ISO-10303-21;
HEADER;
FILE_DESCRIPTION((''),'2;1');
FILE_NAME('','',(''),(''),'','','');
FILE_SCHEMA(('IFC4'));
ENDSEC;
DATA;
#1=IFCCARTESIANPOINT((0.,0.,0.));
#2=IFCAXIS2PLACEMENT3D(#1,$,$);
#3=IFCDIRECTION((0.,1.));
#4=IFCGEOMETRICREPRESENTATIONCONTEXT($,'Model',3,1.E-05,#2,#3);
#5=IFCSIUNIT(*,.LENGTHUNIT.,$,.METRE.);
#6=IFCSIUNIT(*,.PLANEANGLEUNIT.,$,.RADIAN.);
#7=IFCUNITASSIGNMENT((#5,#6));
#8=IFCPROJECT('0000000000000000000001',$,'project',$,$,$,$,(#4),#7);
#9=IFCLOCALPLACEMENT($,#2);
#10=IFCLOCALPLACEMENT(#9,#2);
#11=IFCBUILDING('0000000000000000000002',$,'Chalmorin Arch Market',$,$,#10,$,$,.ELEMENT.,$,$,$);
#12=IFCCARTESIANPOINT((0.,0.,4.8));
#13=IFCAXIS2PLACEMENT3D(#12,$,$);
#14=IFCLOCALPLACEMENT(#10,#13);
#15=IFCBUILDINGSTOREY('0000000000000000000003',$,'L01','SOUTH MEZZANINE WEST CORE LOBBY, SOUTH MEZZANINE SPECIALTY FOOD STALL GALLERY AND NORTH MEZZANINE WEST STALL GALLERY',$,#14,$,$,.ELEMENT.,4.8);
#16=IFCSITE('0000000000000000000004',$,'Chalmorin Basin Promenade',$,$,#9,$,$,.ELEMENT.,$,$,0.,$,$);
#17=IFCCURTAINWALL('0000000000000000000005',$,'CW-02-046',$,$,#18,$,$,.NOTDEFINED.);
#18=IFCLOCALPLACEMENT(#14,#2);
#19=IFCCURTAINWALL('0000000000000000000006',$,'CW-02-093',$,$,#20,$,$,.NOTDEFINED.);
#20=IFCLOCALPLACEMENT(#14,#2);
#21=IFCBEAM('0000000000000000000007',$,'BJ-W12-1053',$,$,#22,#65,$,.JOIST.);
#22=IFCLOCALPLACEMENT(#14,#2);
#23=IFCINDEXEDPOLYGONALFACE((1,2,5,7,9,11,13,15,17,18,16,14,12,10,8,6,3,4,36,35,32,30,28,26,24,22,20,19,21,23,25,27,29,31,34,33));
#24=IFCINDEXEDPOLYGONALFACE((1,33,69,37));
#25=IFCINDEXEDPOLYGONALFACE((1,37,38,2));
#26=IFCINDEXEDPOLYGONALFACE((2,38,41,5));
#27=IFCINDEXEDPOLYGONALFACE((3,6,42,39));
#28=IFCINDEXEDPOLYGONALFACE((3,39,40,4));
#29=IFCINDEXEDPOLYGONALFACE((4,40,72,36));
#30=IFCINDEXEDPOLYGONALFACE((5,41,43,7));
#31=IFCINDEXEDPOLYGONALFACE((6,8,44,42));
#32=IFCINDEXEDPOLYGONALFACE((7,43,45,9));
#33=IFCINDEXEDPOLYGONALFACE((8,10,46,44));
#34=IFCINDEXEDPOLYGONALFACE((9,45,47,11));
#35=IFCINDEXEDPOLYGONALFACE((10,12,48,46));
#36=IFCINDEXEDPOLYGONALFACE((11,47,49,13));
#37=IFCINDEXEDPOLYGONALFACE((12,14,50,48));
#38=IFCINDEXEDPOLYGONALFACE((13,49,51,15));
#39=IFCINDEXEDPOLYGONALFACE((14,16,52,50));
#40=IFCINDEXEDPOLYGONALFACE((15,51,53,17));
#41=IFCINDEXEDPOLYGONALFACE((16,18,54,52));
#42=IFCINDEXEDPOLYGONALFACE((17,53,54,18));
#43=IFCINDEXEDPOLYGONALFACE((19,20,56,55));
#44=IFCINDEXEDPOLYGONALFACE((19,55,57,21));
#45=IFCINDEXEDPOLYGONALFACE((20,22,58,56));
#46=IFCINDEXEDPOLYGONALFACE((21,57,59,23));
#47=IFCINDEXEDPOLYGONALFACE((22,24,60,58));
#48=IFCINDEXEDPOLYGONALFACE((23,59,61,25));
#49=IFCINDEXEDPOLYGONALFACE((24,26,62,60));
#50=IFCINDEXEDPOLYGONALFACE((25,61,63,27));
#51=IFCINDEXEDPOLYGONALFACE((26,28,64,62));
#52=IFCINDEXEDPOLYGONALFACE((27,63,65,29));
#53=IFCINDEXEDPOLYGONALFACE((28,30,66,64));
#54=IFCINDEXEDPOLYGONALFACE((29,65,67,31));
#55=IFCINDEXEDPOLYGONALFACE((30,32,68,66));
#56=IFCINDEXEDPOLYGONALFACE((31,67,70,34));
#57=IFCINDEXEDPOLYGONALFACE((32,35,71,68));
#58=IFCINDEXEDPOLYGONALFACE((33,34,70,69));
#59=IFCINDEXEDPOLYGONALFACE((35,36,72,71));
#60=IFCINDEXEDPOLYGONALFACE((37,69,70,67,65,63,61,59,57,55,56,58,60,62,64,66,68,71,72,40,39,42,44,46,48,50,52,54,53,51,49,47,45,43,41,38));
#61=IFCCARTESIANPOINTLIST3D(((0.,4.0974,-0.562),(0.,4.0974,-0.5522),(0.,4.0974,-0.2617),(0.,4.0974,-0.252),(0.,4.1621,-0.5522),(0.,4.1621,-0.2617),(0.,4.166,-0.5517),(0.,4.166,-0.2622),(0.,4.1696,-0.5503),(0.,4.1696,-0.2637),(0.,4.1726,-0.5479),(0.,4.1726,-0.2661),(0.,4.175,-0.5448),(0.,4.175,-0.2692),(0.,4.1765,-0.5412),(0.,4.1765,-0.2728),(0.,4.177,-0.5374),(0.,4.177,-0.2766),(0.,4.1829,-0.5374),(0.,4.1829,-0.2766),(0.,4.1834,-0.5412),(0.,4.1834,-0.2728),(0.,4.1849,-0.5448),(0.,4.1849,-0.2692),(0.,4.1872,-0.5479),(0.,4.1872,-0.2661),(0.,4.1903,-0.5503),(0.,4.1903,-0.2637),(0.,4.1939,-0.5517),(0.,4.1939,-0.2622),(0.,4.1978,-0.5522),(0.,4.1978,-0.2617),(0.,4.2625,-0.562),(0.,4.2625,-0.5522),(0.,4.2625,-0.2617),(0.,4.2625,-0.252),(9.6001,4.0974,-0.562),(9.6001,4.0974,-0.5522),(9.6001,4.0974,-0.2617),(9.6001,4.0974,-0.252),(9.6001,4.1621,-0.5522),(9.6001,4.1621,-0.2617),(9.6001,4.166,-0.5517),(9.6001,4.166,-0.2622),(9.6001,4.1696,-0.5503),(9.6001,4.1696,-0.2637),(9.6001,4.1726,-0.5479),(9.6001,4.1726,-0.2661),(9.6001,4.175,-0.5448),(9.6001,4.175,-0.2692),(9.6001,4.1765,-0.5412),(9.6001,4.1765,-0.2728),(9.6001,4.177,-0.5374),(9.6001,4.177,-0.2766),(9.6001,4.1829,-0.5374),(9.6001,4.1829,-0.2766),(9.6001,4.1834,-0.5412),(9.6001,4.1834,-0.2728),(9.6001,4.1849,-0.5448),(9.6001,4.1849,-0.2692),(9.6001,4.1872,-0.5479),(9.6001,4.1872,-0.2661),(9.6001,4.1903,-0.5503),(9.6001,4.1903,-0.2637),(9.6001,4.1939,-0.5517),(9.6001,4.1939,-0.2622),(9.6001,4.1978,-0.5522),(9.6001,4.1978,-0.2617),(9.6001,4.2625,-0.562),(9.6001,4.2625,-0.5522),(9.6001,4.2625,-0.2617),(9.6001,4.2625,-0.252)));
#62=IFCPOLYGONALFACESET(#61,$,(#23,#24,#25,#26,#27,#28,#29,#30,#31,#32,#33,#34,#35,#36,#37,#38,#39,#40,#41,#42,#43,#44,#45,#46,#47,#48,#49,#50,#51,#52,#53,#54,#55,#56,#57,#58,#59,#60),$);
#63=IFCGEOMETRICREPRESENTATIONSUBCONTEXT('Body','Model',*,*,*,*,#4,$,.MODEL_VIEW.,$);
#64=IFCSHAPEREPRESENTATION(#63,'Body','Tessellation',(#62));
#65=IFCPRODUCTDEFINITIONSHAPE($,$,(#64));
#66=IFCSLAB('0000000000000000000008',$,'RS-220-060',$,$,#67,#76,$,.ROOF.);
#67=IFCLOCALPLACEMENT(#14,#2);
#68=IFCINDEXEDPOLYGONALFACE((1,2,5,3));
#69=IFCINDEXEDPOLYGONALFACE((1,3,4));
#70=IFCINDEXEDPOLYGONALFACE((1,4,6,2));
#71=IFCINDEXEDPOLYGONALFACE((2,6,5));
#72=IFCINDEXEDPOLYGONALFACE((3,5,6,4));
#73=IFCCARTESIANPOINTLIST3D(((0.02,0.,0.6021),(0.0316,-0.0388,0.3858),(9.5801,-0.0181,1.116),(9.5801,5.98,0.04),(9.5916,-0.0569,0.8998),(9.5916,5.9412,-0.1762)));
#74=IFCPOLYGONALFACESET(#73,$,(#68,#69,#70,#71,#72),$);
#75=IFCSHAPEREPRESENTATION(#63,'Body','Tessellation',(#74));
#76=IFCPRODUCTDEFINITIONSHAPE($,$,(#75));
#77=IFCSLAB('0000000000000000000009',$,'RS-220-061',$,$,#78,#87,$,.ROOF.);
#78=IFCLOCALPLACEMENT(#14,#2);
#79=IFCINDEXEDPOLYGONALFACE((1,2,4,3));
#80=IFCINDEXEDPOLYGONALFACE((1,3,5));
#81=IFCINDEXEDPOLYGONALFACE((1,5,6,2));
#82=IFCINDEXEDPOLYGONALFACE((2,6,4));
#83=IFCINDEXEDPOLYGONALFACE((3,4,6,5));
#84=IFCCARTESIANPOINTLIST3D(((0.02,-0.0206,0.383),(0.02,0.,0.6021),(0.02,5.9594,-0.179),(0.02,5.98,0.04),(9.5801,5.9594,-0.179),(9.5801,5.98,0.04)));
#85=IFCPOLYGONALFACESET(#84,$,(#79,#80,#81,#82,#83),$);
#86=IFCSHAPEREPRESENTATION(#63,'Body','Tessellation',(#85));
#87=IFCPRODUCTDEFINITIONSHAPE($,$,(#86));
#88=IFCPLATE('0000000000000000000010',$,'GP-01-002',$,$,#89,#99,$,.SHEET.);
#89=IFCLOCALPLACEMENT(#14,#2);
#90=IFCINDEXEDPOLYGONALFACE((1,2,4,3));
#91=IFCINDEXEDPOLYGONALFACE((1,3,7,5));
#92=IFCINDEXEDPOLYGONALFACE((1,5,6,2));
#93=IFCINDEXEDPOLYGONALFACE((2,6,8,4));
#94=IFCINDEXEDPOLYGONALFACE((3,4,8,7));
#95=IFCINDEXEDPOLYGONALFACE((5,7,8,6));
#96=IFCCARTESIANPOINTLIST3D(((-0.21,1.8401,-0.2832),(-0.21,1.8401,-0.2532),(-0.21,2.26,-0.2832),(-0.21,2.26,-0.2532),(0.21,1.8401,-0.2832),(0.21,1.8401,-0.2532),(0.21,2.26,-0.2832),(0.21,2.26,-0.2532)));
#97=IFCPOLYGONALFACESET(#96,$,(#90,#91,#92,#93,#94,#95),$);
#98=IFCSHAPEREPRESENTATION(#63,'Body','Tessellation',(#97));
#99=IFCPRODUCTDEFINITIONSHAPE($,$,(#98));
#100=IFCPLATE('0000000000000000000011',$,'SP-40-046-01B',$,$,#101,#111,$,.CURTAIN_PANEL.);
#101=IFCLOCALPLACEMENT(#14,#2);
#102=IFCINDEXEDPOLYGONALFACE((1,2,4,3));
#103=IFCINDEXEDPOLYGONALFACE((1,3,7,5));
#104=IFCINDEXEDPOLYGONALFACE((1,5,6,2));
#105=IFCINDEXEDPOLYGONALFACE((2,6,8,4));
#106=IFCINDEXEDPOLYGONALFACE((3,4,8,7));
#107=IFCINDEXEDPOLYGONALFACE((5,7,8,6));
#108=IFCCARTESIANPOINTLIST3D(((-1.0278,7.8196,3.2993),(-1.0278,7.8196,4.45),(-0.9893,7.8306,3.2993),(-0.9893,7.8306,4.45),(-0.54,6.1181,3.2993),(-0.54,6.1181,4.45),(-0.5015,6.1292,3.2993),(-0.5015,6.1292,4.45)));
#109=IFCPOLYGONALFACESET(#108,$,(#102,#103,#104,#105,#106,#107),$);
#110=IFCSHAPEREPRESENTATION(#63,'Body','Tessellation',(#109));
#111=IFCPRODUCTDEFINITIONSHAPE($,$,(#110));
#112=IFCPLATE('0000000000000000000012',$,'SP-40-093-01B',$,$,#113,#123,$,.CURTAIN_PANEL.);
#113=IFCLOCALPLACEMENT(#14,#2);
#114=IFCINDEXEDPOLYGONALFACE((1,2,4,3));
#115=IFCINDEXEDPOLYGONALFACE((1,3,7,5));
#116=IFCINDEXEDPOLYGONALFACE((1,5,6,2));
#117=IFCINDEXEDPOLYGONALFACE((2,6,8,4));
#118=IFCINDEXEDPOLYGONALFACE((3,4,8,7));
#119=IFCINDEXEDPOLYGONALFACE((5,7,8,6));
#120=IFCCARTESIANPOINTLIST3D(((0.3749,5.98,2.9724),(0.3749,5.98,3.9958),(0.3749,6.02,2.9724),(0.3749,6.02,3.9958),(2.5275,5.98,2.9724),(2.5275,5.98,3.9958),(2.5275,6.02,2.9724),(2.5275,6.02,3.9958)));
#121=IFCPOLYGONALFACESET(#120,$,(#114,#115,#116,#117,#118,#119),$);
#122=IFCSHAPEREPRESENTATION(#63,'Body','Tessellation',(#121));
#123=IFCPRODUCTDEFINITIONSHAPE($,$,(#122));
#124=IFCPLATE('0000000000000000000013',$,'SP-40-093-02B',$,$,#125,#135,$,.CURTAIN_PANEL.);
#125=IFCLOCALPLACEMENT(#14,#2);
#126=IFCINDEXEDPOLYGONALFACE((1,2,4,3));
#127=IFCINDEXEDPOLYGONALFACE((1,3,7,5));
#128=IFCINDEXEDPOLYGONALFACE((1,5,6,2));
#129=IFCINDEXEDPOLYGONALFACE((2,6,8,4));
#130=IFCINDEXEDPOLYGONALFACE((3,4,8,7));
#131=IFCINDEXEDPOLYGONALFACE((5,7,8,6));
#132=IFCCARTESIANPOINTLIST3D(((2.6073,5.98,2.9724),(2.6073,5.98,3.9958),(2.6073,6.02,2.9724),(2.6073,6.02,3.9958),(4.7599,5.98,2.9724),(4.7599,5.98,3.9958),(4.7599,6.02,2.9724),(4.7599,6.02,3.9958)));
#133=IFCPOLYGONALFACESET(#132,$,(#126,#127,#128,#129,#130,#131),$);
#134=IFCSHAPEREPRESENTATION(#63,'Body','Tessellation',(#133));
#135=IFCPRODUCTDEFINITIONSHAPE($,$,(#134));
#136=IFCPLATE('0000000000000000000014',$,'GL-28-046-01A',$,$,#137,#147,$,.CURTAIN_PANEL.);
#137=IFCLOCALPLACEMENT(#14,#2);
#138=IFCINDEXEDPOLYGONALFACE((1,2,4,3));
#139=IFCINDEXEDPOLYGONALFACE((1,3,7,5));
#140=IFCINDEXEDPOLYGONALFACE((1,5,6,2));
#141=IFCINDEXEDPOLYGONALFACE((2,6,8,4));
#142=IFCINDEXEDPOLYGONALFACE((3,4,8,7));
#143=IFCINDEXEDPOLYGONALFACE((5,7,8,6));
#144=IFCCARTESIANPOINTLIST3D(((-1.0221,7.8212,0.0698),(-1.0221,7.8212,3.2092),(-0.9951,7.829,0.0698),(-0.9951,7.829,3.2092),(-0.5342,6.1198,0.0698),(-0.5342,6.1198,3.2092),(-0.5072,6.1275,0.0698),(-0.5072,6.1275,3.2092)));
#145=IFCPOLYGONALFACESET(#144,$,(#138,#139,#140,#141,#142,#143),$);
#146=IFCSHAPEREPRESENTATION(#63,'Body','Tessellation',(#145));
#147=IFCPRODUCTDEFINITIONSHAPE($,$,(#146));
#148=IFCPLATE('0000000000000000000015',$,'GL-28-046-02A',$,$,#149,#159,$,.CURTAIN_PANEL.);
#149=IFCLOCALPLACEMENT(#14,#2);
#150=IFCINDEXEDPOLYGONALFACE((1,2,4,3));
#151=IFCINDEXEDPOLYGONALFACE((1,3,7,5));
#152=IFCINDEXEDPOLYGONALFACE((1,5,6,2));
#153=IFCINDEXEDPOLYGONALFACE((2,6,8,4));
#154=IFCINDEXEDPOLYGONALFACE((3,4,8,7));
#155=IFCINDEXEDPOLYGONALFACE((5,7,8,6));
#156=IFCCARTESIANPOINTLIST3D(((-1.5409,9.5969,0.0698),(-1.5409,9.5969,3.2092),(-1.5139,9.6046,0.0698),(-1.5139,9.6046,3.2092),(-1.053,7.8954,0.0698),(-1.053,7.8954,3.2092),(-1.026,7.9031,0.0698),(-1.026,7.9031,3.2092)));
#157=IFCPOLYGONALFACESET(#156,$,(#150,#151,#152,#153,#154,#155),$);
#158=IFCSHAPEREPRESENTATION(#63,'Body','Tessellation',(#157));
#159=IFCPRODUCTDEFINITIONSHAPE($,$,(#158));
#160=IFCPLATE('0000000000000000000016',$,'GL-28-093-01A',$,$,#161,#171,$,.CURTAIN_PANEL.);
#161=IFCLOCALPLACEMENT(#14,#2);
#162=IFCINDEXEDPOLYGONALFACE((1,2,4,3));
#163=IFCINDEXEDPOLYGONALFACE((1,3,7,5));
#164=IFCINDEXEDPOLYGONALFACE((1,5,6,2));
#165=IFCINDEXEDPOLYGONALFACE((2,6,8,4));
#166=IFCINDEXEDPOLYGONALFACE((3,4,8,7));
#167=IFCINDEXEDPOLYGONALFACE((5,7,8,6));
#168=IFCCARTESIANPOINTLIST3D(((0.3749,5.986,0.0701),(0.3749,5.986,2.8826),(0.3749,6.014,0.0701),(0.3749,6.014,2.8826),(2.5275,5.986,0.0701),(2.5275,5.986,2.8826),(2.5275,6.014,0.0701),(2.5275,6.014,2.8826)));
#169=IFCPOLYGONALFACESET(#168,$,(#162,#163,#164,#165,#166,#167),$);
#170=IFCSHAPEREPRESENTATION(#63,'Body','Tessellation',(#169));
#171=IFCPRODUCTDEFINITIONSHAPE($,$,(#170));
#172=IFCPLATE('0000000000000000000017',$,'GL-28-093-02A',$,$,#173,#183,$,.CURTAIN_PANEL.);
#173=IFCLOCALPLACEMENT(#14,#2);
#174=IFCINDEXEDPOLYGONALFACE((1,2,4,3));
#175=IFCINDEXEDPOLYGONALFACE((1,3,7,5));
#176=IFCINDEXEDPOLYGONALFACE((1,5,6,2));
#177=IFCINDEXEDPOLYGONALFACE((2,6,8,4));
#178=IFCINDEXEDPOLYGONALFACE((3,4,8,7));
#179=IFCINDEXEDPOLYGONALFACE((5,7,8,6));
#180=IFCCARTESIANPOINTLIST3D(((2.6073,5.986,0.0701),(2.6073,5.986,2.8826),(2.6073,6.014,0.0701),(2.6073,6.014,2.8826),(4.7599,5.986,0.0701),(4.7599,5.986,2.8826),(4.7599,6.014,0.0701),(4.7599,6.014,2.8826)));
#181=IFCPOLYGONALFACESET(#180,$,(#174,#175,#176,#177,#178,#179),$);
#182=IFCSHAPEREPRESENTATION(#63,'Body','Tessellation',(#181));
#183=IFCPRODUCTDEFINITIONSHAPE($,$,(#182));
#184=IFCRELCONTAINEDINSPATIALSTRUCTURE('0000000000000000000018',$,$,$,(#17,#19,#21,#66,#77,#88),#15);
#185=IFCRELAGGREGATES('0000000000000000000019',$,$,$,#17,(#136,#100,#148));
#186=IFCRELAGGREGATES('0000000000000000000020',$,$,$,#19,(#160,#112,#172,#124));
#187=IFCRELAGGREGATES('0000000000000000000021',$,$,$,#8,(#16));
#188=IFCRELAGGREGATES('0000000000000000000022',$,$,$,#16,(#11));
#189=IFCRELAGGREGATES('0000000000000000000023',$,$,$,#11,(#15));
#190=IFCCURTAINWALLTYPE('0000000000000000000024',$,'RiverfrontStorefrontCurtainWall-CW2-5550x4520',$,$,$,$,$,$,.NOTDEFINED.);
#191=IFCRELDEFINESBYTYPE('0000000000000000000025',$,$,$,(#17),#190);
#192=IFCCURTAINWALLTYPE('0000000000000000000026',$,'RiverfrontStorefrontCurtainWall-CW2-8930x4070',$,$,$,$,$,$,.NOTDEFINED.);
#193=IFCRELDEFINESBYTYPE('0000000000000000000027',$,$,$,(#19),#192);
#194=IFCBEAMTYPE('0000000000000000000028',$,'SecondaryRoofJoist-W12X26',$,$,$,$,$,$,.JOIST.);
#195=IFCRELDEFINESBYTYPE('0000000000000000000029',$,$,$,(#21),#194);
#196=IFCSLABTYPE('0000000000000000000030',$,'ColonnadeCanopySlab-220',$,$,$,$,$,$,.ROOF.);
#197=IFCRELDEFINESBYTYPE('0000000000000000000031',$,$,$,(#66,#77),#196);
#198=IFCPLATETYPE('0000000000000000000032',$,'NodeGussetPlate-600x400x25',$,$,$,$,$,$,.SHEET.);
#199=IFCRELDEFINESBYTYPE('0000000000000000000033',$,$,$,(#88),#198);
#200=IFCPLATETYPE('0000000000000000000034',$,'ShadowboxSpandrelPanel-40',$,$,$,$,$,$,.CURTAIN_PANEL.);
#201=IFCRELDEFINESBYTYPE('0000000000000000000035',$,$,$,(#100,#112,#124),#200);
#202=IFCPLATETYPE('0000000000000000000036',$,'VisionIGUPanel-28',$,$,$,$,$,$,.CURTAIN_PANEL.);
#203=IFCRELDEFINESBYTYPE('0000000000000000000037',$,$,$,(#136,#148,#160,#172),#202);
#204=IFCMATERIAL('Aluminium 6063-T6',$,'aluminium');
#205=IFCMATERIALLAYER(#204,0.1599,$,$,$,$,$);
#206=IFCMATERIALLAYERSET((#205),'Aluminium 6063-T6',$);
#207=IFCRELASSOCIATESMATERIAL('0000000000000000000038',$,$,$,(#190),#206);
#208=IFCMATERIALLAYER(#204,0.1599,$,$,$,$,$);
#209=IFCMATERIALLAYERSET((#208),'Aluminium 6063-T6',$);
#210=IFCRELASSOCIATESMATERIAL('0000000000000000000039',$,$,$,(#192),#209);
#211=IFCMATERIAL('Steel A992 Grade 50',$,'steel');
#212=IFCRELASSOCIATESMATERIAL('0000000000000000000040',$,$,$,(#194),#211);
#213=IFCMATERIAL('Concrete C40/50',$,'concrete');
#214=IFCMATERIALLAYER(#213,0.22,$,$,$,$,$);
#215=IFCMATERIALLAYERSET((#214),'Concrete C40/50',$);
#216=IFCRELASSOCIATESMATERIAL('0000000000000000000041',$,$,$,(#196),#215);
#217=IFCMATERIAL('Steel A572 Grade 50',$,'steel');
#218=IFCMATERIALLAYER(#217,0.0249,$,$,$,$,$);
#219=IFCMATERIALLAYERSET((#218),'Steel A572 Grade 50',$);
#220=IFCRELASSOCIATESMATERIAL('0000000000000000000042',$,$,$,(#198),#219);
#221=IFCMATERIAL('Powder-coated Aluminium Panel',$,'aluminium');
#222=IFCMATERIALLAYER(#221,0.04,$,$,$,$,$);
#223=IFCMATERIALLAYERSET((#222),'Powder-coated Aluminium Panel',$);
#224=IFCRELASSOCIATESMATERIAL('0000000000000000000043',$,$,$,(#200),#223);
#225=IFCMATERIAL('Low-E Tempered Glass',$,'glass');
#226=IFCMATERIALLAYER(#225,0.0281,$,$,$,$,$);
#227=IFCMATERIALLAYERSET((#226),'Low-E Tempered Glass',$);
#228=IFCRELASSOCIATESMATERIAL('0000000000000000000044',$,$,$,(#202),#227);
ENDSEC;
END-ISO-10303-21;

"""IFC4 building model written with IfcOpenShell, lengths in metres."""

from ifc_helpers import new_model, si_unit, direction, frame, origin, origin_2d, place, context, subcontext, project, spatial, polyline, rectangle, i_section, outline, extrude, material, layer, layer_set, material_profile, profile_set, type_object, element, aggregate, save


model = new_model("IFC4")

# Units and contexts
model_context = context("Model", 3, precision=1e-05, world=origin(), true_north=direction((0.0, 1.0)))
body_context = subcontext(model_context, "Body", "Model", "MODEL_VIEW")
ifc_project = project(units=[si_unit("LENGTHUNIT", "METRE"), si_unit("PLANEANGLEUNIT", "RADIAN")], contexts=[model_context])

# Site, building, storey
site_placement = place(None, origin())
site = spatial("IfcSite", under=ifc_project, at=site_placement, Name="Chalmorin Basin Promenade", CompositionType="ELEMENT", RefElevation=0.0)
building_placement = place(site_placement, origin())
building = spatial("IfcBuilding", under=site, at=building_placement, Name="Chalmorin Arch Market", CompositionType="ELEMENT")
storey_placement = place(building_placement, frame((0.0, 0.0, 4.8)))
storey = spatial("IfcBuildingStorey", under=building, at=storey_placement, Name="L01", Description="SOUTH MEZZANINE WEST CORE LOBBY, SOUTH MEZZANINE SPECIALTY FOOD STALL GALLERY AND NORTH MEZZANINE WEST STALL GALLERY", CompositionType="ELEMENT", Elevation=4.8)

# Shared definitions
ifc_material_1 = material(Name="Concrete C40/50", Category="concrete")

# Curtain walls
ifc_material_2 = material(Name="Aluminium 6063-T6", Category="aluminium")
ifc_layer_1 = layer(ifc_material_2, 0.1599)
ifc_layer_set_1 = layer_set([ifc_layer_1], Name="Aluminium 6063-T6")
curtain_wall_type_1 = type_object("IfcCurtainWallType", Name="RiverfrontStorefrontCurtainWall-CW2-5550x4520", PredefinedType="NOTDEFINED", material=ifc_layer_set_1)
curtain_wall_1_placement = place(storey_placement, origin())
curtain_wall_1 = element("IfcCurtainWall", 1, at=curtain_wall_1_placement, inside=storey, type_object=curtain_wall_type_1, Name="CW-02-046", PredefinedType="NOTDEFINED")
ifc_layer_2 = layer(ifc_material_2, 0.1599)
ifc_layer_set_2 = layer_set([ifc_layer_2], Name="Aluminium 6063-T6")
curtain_wall_type_2 = type_object("IfcCurtainWallType", Name="RiverfrontStorefrontCurtainWall-CW2-8930x4070", PredefinedType="NOTDEFINED", material=ifc_layer_set_2)
curtain_wall_2_placement = place(storey_placement, origin())
curtain_wall_2 = element("IfcCurtainWall", 2, at=curtain_wall_2_placement, inside=storey, type_object=curtain_wall_type_2, Name="CW-02-093", PredefinedType="NOTDEFINED")

# Beam
ifc_material_3 = material(Name="Steel A992 Grade 50", Category="steel")
ifc_material_profile_1 = material_profile(ifc_material_3, i_section(OverallWidth=0.165, OverallDepth=0.3101, WebThickness=0.0059, FlangeThickness=0.0098, FilletRadius=0.0149, at=origin_2d()), Name="W12X26")
ifc_profile_set_1 = profile_set([ifc_material_profile_1], Name="Steel A992 Grade 50")
beam_type_1 = type_object("IfcBeamType", Name="SecondaryRoofJoist-W12X26", PredefinedType="JOIST", material=ifc_profile_set_1)
for number, where, z_axis, x_axis, name in (
    (3, (0.0, 4.1799, -0.407), (1.0, 0.0, 0.0), (0.0, 1.0, 0.0), "BJ-W12-1053"),
):
    element("IfcBeam", number, at=place(storey_placement, frame(where, z_axis=z_axis, x_axis=x_axis)), inside=storey, type_object=beam_type_1, Name=name, PredefinedType="JOIST", context=body_context, shape_type="SweptSolid", body=[
        extrude(i_section(OverallWidth=0.165, OverallDepth=0.3101, WebThickness=0.0059, FlangeThickness=0.0098, FilletRadius=0.0149, at=origin_2d()), origin(), (0.0, 0.0, 1.0), 9.6001),
    ])

# Slabs
ifc_layer_3 = layer(ifc_material_1, 0.22)
ifc_layer_set_3 = layer_set([ifc_layer_3], Name="Concrete C40/50")
slab_type = type_object("IfcSlabType", Name="ColonnadeCanopySlab-220", PredefinedType="ROOF", material=ifc_layer_set_3)
slab_1_placement = place(storey_placement, frame((0.02, 0.0, 0.6021), z_axis=(-0.052506, 0.176318, 0.982932), x_axis=(0.998556, -0.001887, 0.053679)))
element("IfcSlab", 4, at=slab_1_placement, inside=storey, type_object=slab_type, Name="RS-220-060", PredefinedType="ROOF", context=body_context, shape_type="SweptSolid", body=[
    extrude(outline(polyline([(0.0, 0.0), (9.5739, 0.0), (9.5048, 6.0934), (0.0, 0.0)])), origin(), (0.0, 0.0, -1.0), 0.22),
])
slab_2_placement = place(storey_placement, frame((0.02, 0.0, 0.6021), z_axis=(0.0, 0.09357, 0.995613), x_axis=(0.84675, 0.529657, -0.049778)))
element("IfcSlab", 5, at=slab_2_placement, inside=storey, type_object=slab_type, Name="RS-220-061", PredefinedType="ROOF", context=body_context, shape_type="SweptSolid", body=[
    extrude(outline(polyline([(0.0, 0.0), (11.2903, 0.0), (3.1953, 5.0859), (0.0, 0.0)])), origin(), (0.0, 0.0, -1.0), 0.22),
])

# Plates
ifc_material_4 = material(Name="Steel A572 Grade 50", Category="steel")
ifc_layer_4 = layer(ifc_material_4, 0.0249)
ifc_layer_set_4 = layer_set([ifc_layer_4], Name="Steel A572 Grade 50")
plate_type_1 = type_object("IfcPlateType", Name="NodeGussetPlate-600x400x25", PredefinedType="SHEET", material=ifc_layer_set_4)
plate_1_placement = place(storey_placement, frame((0.0, 2.05, -0.2832), z_axis=(0.0, 0.0, 1.0), x_axis=(1.0, 0.0, 0.0)))
element("IfcPlate", 6, at=plate_1_placement, inside=storey, type_object=plate_type_1, Name="GP-01-002", PredefinedType="SHEET", context=body_context, shape_type="SweptSolid", body=[
    extrude(rectangle(XDim=0.4199, YDim=0.4199, at=origin_2d()), origin(), (0.0, 0.0, 1.0), 0.03),
])
ifc_material_5 = material(Name="Powder-coated Aluminium Panel", Category="aluminium")
ifc_layer_5 = layer(ifc_material_5, 0.04)
ifc_layer_set_5 = layer_set([ifc_layer_5], Name="Powder-coated Aluminium Panel")
plate_type_2 = type_object("IfcPlateType", Name="ShadowboxSpandrelPanel-40", PredefinedType="CURTAIN_PANEL", material=ifc_layer_set_5)
plate_2_placement = place(storey_placement, frame((-0.7646, 6.9744, 3.2993), z_axis=(0.0, 0.0, 1.0), x_axis=(-0.275637, 0.961262, 0.0)))
plate_2 = element("IfcPlate", 7, at=plate_2_placement, type_object=plate_type_2, Name="SP-40-046-01B", PredefinedType="CURTAIN_PANEL", context=body_context, shape_type="SweptSolid", body=[
    extrude(rectangle(XDim=1.77, YDim=0.04, at=origin_2d()), origin(), (0.0, 0.0, 1.0), 1.1506),
])
plate_3_placement = place(storey_placement, frame((1.4512, 6.0, 2.9724), z_axis=(0.0, 0.0, 1.0), x_axis=(1.0, 0.0, 0.0)))
plate_3 = element("IfcPlate", 8, at=plate_3_placement, type_object=plate_type_2, Name="SP-40-093-01B", PredefinedType="CURTAIN_PANEL", context=body_context, shape_type="SweptSolid", body=[
    extrude(rectangle(XDim=2.1526, YDim=0.04, at=origin_2d()), origin(), (0.0, 0.0, 1.0), 1.0234),
])
plate_4_placement = place(storey_placement, frame((3.6836, 6.0, 2.9724), z_axis=(0.0, 0.0, 1.0), x_axis=(1.0, 0.0, 0.0)))
plate_4 = element("IfcPlate", 9, at=plate_4_placement, type_object=plate_type_2, Name="SP-40-093-02B", PredefinedType="CURTAIN_PANEL", context=body_context, shape_type="SweptSolid", body=[
    extrude(rectangle(XDim=2.1526, YDim=0.04, at=origin_2d()), origin(), (0.0, 0.0, 1.0), 1.0234),
])
ifc_material_6 = material(Name="Low-E Tempered Glass", Category="glass")
ifc_layer_6 = layer(ifc_material_6, 0.0281)
ifc_layer_set_6 = layer_set([ifc_layer_6], Name="Low-E Tempered Glass")
plate_type_3 = type_object("IfcPlateType", Name="VisionIGUPanel-28", PredefinedType="CURTAIN_PANEL", material=ifc_layer_set_6)
plate_5_placement = place(storey_placement, frame((-0.7646, 6.9744, 0.0698), z_axis=(0.0, 0.0, 1.0), x_axis=(-0.275637, 0.961262, 0.0)))
plate_5 = element("IfcPlate", 10, at=plate_5_placement, type_object=plate_type_3, Name="GL-28-046-01A", PredefinedType="CURTAIN_PANEL", context=body_context, shape_type="SweptSolid", body=[
    extrude(rectangle(XDim=1.77, YDim=0.0281, at=origin_2d()), origin(), (0.0, 0.0, 1.0), 3.1394),
])
plate_6_placement = place(storey_placement, frame((-1.2834, 8.75, 0.0698), z_axis=(0.0, 0.0, 1.0), x_axis=(-0.275637, 0.961262, 0.0)))
plate_6 = element("IfcPlate", 11, at=plate_6_placement, type_object=plate_type_3, Name="GL-28-046-02A", PredefinedType="CURTAIN_PANEL", context=body_context, shape_type="SweptSolid", body=[
    extrude(rectangle(XDim=1.77, YDim=0.0281, at=origin_2d()), origin(), (0.0, 0.0, 1.0), 3.1394),
])
aggregate(curtain_wall_1, [plate_5, plate_2, plate_6])
plate_7_placement = place(storey_placement, frame((1.4512, 6.0, 0.0701), z_axis=(0.0, 0.0, 1.0), x_axis=(1.0, 0.0, 0.0)))
plate_7 = element("IfcPlate", 12, at=plate_7_placement, type_object=plate_type_3, Name="GL-28-093-01A", PredefinedType="CURTAIN_PANEL", context=body_context, shape_type="SweptSolid", body=[
    extrude(rectangle(XDim=2.1526, YDim=0.0281, at=origin_2d()), origin(), (0.0, 0.0, 1.0), 2.8125),
])
plate_8_placement = place(storey_placement, frame((3.6836, 6.0, 0.0701), z_axis=(0.0, 0.0, 1.0), x_axis=(1.0, 0.0, 0.0)))
plate_8 = element("IfcPlate", 13, at=plate_8_placement, type_object=plate_type_3, Name="GL-28-093-02A", PredefinedType="CURTAIN_PANEL", context=body_context, shape_type="SweptSolid", body=[
    extrude(rectangle(XDim=2.1526, YDim=0.0281, at=origin_2d()), origin(), (0.0, 0.0, 1.0), 2.8125),
])
aggregate(curtain_wall_2, [plate_7, plate_3, plate_8, plate_4])

save(model, "model.ifc")
